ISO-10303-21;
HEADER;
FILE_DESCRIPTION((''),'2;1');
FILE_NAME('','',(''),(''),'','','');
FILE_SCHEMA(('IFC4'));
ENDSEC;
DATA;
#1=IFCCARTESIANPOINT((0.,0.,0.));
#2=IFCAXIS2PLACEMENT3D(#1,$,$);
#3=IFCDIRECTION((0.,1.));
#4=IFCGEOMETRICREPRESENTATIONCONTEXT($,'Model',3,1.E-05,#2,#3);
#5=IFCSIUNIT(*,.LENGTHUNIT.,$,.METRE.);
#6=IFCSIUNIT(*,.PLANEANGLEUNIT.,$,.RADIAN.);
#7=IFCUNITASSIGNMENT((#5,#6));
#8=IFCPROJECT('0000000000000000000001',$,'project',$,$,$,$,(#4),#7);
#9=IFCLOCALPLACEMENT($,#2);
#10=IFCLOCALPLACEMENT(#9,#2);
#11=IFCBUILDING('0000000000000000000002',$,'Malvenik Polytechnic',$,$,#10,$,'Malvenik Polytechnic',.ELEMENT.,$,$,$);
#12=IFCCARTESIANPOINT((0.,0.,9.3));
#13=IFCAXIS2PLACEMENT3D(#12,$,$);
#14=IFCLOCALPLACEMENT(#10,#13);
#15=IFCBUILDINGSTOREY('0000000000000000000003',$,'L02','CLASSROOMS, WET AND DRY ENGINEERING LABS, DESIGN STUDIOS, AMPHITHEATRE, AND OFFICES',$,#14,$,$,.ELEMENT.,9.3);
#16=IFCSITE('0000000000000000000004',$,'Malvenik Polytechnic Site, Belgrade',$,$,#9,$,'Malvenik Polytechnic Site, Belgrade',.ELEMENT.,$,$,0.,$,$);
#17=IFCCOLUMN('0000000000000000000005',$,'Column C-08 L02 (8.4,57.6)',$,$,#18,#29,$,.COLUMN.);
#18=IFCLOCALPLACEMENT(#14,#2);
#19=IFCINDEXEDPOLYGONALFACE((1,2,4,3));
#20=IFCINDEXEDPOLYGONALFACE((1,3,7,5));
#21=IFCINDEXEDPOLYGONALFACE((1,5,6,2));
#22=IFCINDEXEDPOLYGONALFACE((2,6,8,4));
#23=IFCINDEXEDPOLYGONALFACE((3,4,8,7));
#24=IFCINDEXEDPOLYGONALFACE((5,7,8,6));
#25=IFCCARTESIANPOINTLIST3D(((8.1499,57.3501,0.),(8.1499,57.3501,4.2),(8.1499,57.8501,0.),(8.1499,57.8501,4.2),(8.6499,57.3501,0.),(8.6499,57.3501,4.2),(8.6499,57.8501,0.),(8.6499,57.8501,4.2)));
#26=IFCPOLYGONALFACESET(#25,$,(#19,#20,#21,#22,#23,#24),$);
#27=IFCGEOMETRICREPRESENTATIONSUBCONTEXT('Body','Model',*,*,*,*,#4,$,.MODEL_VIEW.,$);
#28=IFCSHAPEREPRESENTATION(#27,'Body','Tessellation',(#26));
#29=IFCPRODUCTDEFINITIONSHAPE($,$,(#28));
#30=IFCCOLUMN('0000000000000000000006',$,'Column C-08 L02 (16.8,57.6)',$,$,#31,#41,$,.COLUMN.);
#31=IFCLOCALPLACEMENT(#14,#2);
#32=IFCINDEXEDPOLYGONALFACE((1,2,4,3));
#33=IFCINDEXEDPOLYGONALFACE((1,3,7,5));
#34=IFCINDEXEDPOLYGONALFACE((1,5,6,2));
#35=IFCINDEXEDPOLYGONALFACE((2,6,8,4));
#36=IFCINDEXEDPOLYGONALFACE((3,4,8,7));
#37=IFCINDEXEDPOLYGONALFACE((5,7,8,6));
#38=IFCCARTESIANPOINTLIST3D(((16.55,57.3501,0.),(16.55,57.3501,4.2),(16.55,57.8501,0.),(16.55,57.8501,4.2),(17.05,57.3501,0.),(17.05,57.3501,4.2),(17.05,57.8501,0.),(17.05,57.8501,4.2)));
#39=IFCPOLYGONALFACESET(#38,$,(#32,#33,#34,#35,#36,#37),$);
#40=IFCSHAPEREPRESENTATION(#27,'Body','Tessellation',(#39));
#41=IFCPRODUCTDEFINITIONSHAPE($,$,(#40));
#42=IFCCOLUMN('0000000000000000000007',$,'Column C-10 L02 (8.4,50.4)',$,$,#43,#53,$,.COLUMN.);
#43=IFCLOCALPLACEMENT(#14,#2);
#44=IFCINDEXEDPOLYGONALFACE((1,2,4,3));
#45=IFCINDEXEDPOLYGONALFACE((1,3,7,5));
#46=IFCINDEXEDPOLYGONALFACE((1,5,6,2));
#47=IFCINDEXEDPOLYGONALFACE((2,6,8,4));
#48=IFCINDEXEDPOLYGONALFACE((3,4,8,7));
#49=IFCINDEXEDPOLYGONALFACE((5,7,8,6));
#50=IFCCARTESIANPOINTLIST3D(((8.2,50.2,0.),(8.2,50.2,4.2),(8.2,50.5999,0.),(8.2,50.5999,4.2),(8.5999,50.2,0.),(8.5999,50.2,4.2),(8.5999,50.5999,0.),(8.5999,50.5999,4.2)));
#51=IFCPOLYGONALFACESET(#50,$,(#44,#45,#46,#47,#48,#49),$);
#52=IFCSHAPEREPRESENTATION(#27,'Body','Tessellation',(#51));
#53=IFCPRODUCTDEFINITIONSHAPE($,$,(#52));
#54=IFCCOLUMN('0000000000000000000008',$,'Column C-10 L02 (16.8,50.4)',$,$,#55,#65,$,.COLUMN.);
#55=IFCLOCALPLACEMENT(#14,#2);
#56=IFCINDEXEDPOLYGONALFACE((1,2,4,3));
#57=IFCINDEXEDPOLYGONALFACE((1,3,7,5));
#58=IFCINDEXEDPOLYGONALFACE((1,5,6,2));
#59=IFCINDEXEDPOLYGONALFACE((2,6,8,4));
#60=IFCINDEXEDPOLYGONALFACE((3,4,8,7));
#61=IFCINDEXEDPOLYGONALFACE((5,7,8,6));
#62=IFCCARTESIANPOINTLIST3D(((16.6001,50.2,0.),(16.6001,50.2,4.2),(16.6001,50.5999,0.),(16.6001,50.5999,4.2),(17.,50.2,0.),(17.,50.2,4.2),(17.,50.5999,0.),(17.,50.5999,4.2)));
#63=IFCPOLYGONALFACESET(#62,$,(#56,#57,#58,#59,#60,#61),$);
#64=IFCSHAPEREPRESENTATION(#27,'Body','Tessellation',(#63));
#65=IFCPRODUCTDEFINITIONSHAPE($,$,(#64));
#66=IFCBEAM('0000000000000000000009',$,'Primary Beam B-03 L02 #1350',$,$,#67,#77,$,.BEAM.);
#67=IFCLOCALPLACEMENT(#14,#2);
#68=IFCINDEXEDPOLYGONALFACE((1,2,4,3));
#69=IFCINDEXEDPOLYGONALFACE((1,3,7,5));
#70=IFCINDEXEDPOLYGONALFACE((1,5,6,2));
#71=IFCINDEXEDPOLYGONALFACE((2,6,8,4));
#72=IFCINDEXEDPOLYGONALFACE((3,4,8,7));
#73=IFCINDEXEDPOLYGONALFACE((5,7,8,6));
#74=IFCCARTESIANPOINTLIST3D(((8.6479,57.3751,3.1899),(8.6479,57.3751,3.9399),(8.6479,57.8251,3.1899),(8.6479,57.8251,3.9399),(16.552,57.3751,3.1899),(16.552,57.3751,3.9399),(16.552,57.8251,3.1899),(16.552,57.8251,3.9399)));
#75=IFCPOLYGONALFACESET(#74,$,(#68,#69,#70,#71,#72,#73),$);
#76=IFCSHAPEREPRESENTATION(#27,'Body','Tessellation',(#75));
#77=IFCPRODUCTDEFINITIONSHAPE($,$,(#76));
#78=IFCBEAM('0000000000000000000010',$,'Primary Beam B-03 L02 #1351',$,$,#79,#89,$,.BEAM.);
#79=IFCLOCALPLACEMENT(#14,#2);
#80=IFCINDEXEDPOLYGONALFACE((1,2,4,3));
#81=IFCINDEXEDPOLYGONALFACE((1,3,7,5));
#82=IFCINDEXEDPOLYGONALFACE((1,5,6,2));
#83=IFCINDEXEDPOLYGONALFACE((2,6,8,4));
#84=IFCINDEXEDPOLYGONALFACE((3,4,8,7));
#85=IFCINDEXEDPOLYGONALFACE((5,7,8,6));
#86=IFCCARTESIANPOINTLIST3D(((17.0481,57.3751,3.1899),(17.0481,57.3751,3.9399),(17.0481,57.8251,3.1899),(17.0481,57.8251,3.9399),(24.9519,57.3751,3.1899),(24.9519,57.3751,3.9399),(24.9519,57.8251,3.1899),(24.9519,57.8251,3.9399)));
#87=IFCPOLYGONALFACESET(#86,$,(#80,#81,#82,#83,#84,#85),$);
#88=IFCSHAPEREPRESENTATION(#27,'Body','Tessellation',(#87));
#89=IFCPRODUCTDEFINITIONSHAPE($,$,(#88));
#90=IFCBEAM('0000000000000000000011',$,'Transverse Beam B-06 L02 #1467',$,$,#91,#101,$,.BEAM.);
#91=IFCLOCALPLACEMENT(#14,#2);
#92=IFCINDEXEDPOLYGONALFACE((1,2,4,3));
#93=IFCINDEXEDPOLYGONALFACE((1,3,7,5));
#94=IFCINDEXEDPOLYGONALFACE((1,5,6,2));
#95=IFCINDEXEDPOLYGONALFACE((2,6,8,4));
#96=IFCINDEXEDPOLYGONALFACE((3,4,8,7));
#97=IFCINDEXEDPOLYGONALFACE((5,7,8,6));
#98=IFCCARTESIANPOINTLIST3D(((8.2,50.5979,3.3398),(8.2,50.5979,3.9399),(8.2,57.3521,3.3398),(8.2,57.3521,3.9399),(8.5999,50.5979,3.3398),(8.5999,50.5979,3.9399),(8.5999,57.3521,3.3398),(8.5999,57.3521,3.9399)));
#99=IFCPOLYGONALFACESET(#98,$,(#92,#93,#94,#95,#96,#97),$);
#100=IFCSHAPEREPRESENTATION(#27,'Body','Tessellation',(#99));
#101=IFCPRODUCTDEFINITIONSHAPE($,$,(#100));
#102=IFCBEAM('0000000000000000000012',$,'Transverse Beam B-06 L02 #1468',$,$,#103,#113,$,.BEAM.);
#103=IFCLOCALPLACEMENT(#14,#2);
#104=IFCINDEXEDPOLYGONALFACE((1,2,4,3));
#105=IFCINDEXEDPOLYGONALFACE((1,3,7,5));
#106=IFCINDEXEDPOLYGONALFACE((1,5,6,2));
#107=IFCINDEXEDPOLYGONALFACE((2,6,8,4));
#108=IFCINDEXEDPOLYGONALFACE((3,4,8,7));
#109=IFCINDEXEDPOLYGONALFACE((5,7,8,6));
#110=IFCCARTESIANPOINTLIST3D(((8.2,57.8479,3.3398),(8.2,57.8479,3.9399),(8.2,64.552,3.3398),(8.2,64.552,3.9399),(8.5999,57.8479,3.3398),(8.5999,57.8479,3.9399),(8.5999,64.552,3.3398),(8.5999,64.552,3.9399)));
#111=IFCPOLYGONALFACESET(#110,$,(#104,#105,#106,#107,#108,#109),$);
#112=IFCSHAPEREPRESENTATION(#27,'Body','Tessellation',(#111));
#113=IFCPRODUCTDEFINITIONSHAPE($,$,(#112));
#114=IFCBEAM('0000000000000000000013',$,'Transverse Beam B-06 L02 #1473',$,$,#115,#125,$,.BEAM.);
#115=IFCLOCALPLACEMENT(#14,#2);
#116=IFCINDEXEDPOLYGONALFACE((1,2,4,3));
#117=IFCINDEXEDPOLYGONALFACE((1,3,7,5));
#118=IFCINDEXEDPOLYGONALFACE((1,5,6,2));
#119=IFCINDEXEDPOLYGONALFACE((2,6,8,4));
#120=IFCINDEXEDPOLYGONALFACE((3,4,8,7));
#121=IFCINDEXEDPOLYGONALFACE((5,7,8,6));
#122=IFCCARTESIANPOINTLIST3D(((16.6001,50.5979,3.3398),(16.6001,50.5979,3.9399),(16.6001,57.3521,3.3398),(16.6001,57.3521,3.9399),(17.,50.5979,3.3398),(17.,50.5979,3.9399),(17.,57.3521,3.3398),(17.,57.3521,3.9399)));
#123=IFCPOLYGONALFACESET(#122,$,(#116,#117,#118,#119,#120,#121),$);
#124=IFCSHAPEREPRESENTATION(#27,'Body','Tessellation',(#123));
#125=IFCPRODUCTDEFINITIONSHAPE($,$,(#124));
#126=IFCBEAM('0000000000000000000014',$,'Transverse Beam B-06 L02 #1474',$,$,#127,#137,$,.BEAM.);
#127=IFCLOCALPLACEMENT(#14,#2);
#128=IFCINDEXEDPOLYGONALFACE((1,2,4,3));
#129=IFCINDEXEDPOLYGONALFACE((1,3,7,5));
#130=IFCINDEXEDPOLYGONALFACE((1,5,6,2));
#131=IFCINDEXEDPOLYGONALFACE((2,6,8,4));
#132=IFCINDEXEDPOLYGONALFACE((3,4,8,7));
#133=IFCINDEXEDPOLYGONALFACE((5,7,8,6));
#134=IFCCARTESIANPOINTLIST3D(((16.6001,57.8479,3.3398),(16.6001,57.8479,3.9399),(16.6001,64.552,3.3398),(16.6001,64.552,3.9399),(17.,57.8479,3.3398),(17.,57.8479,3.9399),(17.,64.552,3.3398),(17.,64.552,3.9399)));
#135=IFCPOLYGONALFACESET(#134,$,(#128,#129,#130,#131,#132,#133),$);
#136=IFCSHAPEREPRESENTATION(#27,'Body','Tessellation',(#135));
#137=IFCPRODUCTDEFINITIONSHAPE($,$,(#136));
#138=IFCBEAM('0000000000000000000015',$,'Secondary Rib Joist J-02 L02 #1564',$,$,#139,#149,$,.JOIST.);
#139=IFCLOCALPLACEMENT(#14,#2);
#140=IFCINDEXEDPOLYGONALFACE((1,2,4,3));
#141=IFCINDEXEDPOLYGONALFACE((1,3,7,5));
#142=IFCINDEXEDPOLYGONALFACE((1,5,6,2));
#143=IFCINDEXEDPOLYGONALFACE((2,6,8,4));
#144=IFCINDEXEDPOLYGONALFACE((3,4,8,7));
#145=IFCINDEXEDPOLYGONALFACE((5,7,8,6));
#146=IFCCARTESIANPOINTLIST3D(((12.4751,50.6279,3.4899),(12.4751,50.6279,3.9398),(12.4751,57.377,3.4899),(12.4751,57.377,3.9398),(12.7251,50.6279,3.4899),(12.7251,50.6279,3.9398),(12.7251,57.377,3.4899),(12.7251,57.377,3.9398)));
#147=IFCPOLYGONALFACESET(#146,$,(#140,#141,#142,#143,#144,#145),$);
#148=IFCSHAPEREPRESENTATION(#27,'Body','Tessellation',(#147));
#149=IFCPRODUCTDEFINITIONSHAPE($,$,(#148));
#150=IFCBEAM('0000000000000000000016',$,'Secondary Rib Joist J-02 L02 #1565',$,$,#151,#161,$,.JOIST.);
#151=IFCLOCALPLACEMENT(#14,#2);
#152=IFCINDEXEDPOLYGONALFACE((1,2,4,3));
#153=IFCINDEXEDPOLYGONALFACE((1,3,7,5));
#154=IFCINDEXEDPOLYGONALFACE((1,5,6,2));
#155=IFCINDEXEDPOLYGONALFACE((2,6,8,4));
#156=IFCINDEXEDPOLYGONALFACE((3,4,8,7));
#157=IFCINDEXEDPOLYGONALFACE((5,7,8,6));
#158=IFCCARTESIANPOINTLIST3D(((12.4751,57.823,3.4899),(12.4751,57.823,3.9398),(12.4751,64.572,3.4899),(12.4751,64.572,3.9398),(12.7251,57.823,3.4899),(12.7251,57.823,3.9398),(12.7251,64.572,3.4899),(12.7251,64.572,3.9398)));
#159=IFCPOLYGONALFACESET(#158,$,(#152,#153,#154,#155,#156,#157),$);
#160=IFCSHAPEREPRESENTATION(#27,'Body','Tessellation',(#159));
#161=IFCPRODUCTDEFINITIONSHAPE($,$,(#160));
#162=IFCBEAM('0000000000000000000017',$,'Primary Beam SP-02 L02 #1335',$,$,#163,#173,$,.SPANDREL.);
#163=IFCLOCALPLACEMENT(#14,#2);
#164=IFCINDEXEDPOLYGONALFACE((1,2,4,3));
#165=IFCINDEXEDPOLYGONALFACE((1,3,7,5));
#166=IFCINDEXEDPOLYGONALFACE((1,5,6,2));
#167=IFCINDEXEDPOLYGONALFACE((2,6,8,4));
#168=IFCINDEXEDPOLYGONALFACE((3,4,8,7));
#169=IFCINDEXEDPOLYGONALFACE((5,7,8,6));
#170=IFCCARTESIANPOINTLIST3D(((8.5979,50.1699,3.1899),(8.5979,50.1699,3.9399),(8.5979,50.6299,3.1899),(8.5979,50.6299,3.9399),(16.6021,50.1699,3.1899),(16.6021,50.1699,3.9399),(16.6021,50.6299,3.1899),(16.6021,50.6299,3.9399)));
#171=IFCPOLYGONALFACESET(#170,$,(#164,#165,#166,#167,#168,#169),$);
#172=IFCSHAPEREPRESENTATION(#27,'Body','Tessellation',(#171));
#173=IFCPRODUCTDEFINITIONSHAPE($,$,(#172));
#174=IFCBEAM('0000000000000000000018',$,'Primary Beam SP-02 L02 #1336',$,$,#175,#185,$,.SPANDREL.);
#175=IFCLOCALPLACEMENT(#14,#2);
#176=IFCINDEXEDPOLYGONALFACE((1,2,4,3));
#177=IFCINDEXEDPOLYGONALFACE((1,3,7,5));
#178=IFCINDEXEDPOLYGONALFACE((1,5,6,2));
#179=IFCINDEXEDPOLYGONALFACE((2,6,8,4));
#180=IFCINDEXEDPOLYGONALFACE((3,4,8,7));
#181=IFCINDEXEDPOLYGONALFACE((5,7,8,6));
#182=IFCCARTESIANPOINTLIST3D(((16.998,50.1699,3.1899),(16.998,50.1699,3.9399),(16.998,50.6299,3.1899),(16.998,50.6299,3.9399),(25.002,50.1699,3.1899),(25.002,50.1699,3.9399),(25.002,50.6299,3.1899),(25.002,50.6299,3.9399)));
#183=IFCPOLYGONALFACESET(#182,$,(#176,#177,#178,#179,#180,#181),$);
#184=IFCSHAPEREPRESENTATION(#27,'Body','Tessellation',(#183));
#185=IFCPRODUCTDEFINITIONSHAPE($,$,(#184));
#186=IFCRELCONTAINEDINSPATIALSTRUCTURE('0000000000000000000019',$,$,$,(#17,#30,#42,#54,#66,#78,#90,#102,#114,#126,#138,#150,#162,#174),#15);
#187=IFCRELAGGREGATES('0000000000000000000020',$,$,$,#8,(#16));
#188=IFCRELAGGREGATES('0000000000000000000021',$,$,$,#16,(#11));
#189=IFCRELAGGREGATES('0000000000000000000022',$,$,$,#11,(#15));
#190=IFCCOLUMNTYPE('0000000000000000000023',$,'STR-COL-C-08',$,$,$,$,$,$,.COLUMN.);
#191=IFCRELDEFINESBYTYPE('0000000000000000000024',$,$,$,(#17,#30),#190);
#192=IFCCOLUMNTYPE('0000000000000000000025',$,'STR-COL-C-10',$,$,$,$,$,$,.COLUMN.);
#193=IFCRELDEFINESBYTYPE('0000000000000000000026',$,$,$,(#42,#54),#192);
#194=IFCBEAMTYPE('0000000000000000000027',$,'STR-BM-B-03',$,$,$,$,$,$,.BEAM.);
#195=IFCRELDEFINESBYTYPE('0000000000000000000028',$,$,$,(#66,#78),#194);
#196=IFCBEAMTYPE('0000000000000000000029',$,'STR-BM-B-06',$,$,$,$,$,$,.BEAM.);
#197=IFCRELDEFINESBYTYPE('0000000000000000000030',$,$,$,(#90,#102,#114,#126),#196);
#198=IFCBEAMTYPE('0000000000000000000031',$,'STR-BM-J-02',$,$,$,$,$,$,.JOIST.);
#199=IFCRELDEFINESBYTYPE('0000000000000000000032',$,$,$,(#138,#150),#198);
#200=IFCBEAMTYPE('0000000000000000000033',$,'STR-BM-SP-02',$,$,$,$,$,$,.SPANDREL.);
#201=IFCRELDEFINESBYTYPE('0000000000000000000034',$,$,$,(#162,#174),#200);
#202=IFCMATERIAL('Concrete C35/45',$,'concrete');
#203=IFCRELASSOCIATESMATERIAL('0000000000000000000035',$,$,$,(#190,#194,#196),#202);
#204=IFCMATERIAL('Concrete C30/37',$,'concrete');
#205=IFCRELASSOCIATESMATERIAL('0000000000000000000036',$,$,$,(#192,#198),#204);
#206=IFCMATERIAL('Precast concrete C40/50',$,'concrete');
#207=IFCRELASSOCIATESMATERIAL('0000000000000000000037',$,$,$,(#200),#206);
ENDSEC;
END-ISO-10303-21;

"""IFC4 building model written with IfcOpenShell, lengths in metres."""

from ifc_helpers import new_model, si_unit, direction, frame, origin, origin_2d, place, context, subcontext, project, spatial, rectangle, extrude, material, material_profile, profile_set, type_object, element, save


model = new_model("IFC4")

# Units and contexts
model_context = context("Model", 3, precision=1e-05, world=origin(), true_north=direction((0.0, 1.0)))
body_context = subcontext(model_context, "Body", "Model", "MODEL_VIEW")
ifc_project = project(units=[si_unit("LENGTHUNIT", "METRE"), si_unit("PLANEANGLEUNIT", "RADIAN")], contexts=[model_context])

# Site, building, storey
site_placement = place(None, origin())
site = spatial("IfcSite", under=ifc_project, at=site_placement, Name="Malvenik Polytechnic Site, Belgrade", LongName="Malvenik Polytechnic Site, Belgrade", CompositionType="ELEMENT", RefElevation=0.0)
building_placement = place(site_placement, origin())
building = spatial("IfcBuilding", under=site, at=building_placement, Name="Malvenik Polytechnic", LongName="Malvenik Polytechnic", CompositionType="ELEMENT")
storey_placement = place(building_placement, frame((0.0, 0.0, 9.3)))
storey = spatial("IfcBuildingStorey", under=building, at=storey_placement, Name="L02", Description="CLASSROOMS, WET AND DRY ENGINEERING LABS, DESIGN STUDIOS, AMPHITHEATRE, AND OFFICES", CompositionType="ELEMENT", Elevation=9.3)

# Columns
ifc_material_1 = material(Name="Concrete C35/45", Category="concrete")
ifc_material_profile_1 = material_profile(ifc_material_1, rectangle(XDim=0.5, YDim=0.5, at=origin_2d()), Name="RC COL 500x500")
ifc_profile_set_1 = profile_set([ifc_material_profile_1], Name="Concrete C35/45")
column_type_1 = type_object("IfcColumnType", Name="STR-COL-C-08", PredefinedType="COLUMN", material=ifc_profile_set_1)
for number, where, z_axis, x_axis, name in (
    (1, (8.3999, 57.6001, 0.0), (0.0, 0.0, 1.0), (1.0, 0.0, 0.0), "Column C-08 L02 (8.4,57.6)"),
    (2, (16.8, 57.6001, 0.0), (0.0, 0.0, 1.0), (1.0, 0.0, 0.0), "Column C-08 L02 (16.8,57.6)"),
):
    element("IfcColumn", number, at=place(storey_placement, frame(where, z_axis=z_axis, x_axis=x_axis)), inside=storey, type_object=column_type_1, Name=name, PredefinedType="COLUMN", context=body_context, shape_type="SweptSolid", body=[
        extrude(rectangle(XDim=0.5, YDim=0.5, at=origin_2d()), origin(), (0.0, 0.0, 1.0), 4.2),
    ])
ifc_material_2 = material(Name="Concrete C30/37", Category="concrete")
ifc_material_profile_2 = material_profile(ifc_material_2, rectangle(XDim=0.3999, YDim=0.3999, at=origin_2d()), Name="RC COL 400x400")
ifc_profile_set_2 = profile_set([ifc_material_profile_2], Name="Concrete C30/37")
column_type_2 = type_object("IfcColumnType", Name="STR-COL-C-10", PredefinedType="COLUMN", material=ifc_profile_set_2)
for number, where, z_axis, x_axis, name in (
    (3, (8.3999, 50.3999, 0.0), (0.0, 0.0, 1.0), (1.0, 0.0, 0.0), "Column C-10 L02 (8.4,50.4)"),
    (4, (16.8, 50.3999, 0.0), (0.0, 0.0, 1.0), (1.0, 0.0, 0.0), "Column C-10 L02 (16.8,50.4)"),
):
    element("IfcColumn", number, at=place(storey_placement, frame(where, z_axis=z_axis, x_axis=x_axis)), inside=storey, type_object=column_type_2, Name=name, PredefinedType="COLUMN", context=body_context, shape_type="SweptSolid", body=[
        extrude(rectangle(XDim=0.3999, YDim=0.3999, at=origin_2d()), origin(), (0.0, 0.0, 1.0), 4.2),
    ])

# Beams
ifc_material_profile_3 = material_profile(ifc_material_1, rectangle(XDim=0.45, YDim=0.75, at=origin_2d()), Name="RC BM 450x750")
ifc_profile_set_3 = profile_set([ifc_material_profile_3], Name="Concrete C35/45")
beam_type_1 = type_object("IfcBeamType", Name="STR-BM-B-03", PredefinedType="BEAM", material=ifc_profile_set_3)
beam_1_placement = place(storey_placement, frame((8.6479, 57.6001, 3.5649), z_axis=(1.0, 0.0, 0.0), x_axis=(0.0, 1.0, 0.0)))
element("IfcBeam", 5, at=beam_1_placement, inside=storey, type_object=beam_type_1, Name="Primary Beam B-03 L02 #1350", PredefinedType="BEAM", context=body_context, shape_type="SweptSolid", body=[
    extrude(rectangle(XDim=0.45, YDim=0.75, at=origin_2d()), origin(), (0.0, 0.0, 1.0), 7.9041),
])
beam_2_placement = place(storey_placement, frame((17.0481, 57.6001, 3.5649), z_axis=(1.0, 0.0, 0.0), x_axis=(0.0, 1.0, 0.0)))
element("IfcBeam", 6, at=beam_2_placement, inside=storey, type_object=beam_type_1, Name="Primary Beam B-03 L02 #1351", PredefinedType="BEAM", context=body_context, shape_type="SweptSolid", body=[
    extrude(rectangle(XDim=0.45, YDim=0.75, at=origin_2d()), origin(), (0.0, 0.0, 1.0), 7.9038),
])
ifc_material_profile_4 = material_profile(ifc_material_1, rectangle(XDim=0.3999, YDim=0.6001, at=origin_2d()), Name="RC BM 400x600")
ifc_profile_set_4 = profile_set([ifc_material_profile_4], Name="Concrete C35/45")
beam_type_2 = type_object("IfcBeamType", Name="STR-BM-B-06", PredefinedType="BEAM", material=ifc_profile_set_4)
beam_3_placement = place(storey_placement, frame((8.3999, 50.5979, 3.6399), z_axis=(0.0, 1.0, 0.0), x_axis=(-1.0, 0.0, 0.0)))
element("IfcBeam", 7, at=beam_3_placement, inside=storey, type_object=beam_type_2, Name="Transverse Beam B-06 L02 #1467", PredefinedType="BEAM", context=body_context, shape_type="SweptSolid", body=[
    extrude(rectangle(XDim=0.3999, YDim=0.6001, at=origin_2d()), origin(), (0.0, 0.0, 1.0), 6.7542),
])
beam_4_placement = place(storey_placement, frame((8.3999, 57.8479, 3.6399), z_axis=(0.0, 1.0, 0.0), x_axis=(-1.0, 0.0, 0.0)))
element("IfcBeam", 8, at=beam_4_placement, inside=storey, type_object=beam_type_2, Name="Transverse Beam B-06 L02 #1468", PredefinedType="BEAM", context=body_context, shape_type="SweptSolid", body=[
    extrude(rectangle(XDim=0.3999, YDim=0.6001, at=origin_2d()), origin(), (0.0, 0.0, 1.0), 6.7041),
])
beam_5_placement = place(storey_placement, frame((16.8, 50.5979, 3.6399), z_axis=(0.0, 1.0, 0.0), x_axis=(-1.0, 0.0, 0.0)))
element("IfcBeam", 9, at=beam_5_placement, inside=storey, type_object=beam_type_2, Name="Transverse Beam B-06 L02 #1473", PredefinedType="BEAM", context=body_context, shape_type="SweptSolid", body=[
    extrude(rectangle(XDim=0.3999, YDim=0.6001, at=origin_2d()), origin(), (0.0, 0.0, 1.0), 6.7542),
])
beam_6_placement = place(storey_placement, frame((16.8, 57.8479, 3.6399), z_axis=(0.0, 1.0, 0.0), x_axis=(-1.0, 0.0, 0.0)))
element("IfcBeam", 10, at=beam_6_placement, inside=storey, type_object=beam_type_2, Name="Transverse Beam B-06 L02 #1474", PredefinedType="BEAM", context=body_context, shape_type="SweptSolid", body=[
    extrude(rectangle(XDim=0.3999, YDim=0.6001, at=origin_2d()), origin(), (0.0, 0.0, 1.0), 6.7041),
])
ifc_material_profile_5 = material_profile(ifc_material_2, rectangle(XDim=0.25, YDim=0.45, at=origin_2d()), Name="RC JST 250x450")
ifc_profile_set_5 = profile_set([ifc_material_profile_5], Name="Concrete C30/37")
beam_type_3 = type_object("IfcBeamType", Name="STR-BM-J-02", PredefinedType="JOIST", material=ifc_profile_set_5)
for number, where, z_axis, x_axis, name in (
    (11, (12.6001, 50.6279, 3.7148), (0.0, 1.0, 0.0), (-1.0, 0.0, 0.0), "Secondary Rib Joist J-02 L02 #1564"),
    (12, (12.6001, 57.823, 3.7148), (0.0, 1.0, 0.0), (-1.0, 0.0, 0.0), "Secondary Rib Joist J-02 L02 #1565"),
):
    element("IfcBeam", number, at=place(storey_placement, frame(where, z_axis=z_axis, x_axis=x_axis)), inside=storey, type_object=beam_type_3, Name=name, PredefinedType="JOIST", context=body_context, shape_type="SweptSolid", body=[
        extrude(rectangle(XDim=0.25, YDim=0.45, at=origin_2d()), origin(), (0.0, 0.0, 1.0), 6.749),
    ])
ifc_material_3 = material(Name="Precast concrete C40/50", Category="concrete")
ifc_material_profile_6 = material_profile(ifc_material_3, rectangle(XDim=0.46, YDim=0.75, at=origin_2d()), Name="PC SPN 460x750")
ifc_profile_set_6 = profile_set([ifc_material_profile_6], Name="Precast concrete C40/50")
beam_type_4 = type_object("IfcBeamType", Name="STR-BM-SP-02", PredefinedType="SPANDREL", material=ifc_profile_set_6)
beam_7_placement = place(storey_placement, frame((8.5979, 50.3999, 3.5649), z_axis=(1.0, 0.0, 0.0), x_axis=(0.0, 1.0, 0.0)))
element("IfcBeam", 13, at=beam_7_placement, inside=storey, type_object=beam_type_4, Name="Primary Beam SP-02 L02 #1335", PredefinedType="SPANDREL", context=body_context, shape_type="SweptSolid", body=[
    extrude(rectangle(XDim=0.46, YDim=0.75, at=origin_2d()), origin(), (0.0, 0.0, 1.0), 8.0042),
])
beam_8_placement = place(storey_placement, frame((16.998, 50.3999, 3.5649), z_axis=(1.0, 0.0, 0.0), x_axis=(0.0, 1.0, 0.0)))
element("IfcBeam", 14, at=beam_8_placement, inside=storey, type_object=beam_type_4, Name="Primary Beam SP-02 L02 #1336", PredefinedType="SPANDREL", context=body_context, shape_type="SweptSolid", body=[
    extrude(rectangle(XDim=0.46, YDim=0.75, at=origin_2d()), origin(), (0.0, 0.0, 1.0), 8.0039),
])

save(model, "model.ifc")
